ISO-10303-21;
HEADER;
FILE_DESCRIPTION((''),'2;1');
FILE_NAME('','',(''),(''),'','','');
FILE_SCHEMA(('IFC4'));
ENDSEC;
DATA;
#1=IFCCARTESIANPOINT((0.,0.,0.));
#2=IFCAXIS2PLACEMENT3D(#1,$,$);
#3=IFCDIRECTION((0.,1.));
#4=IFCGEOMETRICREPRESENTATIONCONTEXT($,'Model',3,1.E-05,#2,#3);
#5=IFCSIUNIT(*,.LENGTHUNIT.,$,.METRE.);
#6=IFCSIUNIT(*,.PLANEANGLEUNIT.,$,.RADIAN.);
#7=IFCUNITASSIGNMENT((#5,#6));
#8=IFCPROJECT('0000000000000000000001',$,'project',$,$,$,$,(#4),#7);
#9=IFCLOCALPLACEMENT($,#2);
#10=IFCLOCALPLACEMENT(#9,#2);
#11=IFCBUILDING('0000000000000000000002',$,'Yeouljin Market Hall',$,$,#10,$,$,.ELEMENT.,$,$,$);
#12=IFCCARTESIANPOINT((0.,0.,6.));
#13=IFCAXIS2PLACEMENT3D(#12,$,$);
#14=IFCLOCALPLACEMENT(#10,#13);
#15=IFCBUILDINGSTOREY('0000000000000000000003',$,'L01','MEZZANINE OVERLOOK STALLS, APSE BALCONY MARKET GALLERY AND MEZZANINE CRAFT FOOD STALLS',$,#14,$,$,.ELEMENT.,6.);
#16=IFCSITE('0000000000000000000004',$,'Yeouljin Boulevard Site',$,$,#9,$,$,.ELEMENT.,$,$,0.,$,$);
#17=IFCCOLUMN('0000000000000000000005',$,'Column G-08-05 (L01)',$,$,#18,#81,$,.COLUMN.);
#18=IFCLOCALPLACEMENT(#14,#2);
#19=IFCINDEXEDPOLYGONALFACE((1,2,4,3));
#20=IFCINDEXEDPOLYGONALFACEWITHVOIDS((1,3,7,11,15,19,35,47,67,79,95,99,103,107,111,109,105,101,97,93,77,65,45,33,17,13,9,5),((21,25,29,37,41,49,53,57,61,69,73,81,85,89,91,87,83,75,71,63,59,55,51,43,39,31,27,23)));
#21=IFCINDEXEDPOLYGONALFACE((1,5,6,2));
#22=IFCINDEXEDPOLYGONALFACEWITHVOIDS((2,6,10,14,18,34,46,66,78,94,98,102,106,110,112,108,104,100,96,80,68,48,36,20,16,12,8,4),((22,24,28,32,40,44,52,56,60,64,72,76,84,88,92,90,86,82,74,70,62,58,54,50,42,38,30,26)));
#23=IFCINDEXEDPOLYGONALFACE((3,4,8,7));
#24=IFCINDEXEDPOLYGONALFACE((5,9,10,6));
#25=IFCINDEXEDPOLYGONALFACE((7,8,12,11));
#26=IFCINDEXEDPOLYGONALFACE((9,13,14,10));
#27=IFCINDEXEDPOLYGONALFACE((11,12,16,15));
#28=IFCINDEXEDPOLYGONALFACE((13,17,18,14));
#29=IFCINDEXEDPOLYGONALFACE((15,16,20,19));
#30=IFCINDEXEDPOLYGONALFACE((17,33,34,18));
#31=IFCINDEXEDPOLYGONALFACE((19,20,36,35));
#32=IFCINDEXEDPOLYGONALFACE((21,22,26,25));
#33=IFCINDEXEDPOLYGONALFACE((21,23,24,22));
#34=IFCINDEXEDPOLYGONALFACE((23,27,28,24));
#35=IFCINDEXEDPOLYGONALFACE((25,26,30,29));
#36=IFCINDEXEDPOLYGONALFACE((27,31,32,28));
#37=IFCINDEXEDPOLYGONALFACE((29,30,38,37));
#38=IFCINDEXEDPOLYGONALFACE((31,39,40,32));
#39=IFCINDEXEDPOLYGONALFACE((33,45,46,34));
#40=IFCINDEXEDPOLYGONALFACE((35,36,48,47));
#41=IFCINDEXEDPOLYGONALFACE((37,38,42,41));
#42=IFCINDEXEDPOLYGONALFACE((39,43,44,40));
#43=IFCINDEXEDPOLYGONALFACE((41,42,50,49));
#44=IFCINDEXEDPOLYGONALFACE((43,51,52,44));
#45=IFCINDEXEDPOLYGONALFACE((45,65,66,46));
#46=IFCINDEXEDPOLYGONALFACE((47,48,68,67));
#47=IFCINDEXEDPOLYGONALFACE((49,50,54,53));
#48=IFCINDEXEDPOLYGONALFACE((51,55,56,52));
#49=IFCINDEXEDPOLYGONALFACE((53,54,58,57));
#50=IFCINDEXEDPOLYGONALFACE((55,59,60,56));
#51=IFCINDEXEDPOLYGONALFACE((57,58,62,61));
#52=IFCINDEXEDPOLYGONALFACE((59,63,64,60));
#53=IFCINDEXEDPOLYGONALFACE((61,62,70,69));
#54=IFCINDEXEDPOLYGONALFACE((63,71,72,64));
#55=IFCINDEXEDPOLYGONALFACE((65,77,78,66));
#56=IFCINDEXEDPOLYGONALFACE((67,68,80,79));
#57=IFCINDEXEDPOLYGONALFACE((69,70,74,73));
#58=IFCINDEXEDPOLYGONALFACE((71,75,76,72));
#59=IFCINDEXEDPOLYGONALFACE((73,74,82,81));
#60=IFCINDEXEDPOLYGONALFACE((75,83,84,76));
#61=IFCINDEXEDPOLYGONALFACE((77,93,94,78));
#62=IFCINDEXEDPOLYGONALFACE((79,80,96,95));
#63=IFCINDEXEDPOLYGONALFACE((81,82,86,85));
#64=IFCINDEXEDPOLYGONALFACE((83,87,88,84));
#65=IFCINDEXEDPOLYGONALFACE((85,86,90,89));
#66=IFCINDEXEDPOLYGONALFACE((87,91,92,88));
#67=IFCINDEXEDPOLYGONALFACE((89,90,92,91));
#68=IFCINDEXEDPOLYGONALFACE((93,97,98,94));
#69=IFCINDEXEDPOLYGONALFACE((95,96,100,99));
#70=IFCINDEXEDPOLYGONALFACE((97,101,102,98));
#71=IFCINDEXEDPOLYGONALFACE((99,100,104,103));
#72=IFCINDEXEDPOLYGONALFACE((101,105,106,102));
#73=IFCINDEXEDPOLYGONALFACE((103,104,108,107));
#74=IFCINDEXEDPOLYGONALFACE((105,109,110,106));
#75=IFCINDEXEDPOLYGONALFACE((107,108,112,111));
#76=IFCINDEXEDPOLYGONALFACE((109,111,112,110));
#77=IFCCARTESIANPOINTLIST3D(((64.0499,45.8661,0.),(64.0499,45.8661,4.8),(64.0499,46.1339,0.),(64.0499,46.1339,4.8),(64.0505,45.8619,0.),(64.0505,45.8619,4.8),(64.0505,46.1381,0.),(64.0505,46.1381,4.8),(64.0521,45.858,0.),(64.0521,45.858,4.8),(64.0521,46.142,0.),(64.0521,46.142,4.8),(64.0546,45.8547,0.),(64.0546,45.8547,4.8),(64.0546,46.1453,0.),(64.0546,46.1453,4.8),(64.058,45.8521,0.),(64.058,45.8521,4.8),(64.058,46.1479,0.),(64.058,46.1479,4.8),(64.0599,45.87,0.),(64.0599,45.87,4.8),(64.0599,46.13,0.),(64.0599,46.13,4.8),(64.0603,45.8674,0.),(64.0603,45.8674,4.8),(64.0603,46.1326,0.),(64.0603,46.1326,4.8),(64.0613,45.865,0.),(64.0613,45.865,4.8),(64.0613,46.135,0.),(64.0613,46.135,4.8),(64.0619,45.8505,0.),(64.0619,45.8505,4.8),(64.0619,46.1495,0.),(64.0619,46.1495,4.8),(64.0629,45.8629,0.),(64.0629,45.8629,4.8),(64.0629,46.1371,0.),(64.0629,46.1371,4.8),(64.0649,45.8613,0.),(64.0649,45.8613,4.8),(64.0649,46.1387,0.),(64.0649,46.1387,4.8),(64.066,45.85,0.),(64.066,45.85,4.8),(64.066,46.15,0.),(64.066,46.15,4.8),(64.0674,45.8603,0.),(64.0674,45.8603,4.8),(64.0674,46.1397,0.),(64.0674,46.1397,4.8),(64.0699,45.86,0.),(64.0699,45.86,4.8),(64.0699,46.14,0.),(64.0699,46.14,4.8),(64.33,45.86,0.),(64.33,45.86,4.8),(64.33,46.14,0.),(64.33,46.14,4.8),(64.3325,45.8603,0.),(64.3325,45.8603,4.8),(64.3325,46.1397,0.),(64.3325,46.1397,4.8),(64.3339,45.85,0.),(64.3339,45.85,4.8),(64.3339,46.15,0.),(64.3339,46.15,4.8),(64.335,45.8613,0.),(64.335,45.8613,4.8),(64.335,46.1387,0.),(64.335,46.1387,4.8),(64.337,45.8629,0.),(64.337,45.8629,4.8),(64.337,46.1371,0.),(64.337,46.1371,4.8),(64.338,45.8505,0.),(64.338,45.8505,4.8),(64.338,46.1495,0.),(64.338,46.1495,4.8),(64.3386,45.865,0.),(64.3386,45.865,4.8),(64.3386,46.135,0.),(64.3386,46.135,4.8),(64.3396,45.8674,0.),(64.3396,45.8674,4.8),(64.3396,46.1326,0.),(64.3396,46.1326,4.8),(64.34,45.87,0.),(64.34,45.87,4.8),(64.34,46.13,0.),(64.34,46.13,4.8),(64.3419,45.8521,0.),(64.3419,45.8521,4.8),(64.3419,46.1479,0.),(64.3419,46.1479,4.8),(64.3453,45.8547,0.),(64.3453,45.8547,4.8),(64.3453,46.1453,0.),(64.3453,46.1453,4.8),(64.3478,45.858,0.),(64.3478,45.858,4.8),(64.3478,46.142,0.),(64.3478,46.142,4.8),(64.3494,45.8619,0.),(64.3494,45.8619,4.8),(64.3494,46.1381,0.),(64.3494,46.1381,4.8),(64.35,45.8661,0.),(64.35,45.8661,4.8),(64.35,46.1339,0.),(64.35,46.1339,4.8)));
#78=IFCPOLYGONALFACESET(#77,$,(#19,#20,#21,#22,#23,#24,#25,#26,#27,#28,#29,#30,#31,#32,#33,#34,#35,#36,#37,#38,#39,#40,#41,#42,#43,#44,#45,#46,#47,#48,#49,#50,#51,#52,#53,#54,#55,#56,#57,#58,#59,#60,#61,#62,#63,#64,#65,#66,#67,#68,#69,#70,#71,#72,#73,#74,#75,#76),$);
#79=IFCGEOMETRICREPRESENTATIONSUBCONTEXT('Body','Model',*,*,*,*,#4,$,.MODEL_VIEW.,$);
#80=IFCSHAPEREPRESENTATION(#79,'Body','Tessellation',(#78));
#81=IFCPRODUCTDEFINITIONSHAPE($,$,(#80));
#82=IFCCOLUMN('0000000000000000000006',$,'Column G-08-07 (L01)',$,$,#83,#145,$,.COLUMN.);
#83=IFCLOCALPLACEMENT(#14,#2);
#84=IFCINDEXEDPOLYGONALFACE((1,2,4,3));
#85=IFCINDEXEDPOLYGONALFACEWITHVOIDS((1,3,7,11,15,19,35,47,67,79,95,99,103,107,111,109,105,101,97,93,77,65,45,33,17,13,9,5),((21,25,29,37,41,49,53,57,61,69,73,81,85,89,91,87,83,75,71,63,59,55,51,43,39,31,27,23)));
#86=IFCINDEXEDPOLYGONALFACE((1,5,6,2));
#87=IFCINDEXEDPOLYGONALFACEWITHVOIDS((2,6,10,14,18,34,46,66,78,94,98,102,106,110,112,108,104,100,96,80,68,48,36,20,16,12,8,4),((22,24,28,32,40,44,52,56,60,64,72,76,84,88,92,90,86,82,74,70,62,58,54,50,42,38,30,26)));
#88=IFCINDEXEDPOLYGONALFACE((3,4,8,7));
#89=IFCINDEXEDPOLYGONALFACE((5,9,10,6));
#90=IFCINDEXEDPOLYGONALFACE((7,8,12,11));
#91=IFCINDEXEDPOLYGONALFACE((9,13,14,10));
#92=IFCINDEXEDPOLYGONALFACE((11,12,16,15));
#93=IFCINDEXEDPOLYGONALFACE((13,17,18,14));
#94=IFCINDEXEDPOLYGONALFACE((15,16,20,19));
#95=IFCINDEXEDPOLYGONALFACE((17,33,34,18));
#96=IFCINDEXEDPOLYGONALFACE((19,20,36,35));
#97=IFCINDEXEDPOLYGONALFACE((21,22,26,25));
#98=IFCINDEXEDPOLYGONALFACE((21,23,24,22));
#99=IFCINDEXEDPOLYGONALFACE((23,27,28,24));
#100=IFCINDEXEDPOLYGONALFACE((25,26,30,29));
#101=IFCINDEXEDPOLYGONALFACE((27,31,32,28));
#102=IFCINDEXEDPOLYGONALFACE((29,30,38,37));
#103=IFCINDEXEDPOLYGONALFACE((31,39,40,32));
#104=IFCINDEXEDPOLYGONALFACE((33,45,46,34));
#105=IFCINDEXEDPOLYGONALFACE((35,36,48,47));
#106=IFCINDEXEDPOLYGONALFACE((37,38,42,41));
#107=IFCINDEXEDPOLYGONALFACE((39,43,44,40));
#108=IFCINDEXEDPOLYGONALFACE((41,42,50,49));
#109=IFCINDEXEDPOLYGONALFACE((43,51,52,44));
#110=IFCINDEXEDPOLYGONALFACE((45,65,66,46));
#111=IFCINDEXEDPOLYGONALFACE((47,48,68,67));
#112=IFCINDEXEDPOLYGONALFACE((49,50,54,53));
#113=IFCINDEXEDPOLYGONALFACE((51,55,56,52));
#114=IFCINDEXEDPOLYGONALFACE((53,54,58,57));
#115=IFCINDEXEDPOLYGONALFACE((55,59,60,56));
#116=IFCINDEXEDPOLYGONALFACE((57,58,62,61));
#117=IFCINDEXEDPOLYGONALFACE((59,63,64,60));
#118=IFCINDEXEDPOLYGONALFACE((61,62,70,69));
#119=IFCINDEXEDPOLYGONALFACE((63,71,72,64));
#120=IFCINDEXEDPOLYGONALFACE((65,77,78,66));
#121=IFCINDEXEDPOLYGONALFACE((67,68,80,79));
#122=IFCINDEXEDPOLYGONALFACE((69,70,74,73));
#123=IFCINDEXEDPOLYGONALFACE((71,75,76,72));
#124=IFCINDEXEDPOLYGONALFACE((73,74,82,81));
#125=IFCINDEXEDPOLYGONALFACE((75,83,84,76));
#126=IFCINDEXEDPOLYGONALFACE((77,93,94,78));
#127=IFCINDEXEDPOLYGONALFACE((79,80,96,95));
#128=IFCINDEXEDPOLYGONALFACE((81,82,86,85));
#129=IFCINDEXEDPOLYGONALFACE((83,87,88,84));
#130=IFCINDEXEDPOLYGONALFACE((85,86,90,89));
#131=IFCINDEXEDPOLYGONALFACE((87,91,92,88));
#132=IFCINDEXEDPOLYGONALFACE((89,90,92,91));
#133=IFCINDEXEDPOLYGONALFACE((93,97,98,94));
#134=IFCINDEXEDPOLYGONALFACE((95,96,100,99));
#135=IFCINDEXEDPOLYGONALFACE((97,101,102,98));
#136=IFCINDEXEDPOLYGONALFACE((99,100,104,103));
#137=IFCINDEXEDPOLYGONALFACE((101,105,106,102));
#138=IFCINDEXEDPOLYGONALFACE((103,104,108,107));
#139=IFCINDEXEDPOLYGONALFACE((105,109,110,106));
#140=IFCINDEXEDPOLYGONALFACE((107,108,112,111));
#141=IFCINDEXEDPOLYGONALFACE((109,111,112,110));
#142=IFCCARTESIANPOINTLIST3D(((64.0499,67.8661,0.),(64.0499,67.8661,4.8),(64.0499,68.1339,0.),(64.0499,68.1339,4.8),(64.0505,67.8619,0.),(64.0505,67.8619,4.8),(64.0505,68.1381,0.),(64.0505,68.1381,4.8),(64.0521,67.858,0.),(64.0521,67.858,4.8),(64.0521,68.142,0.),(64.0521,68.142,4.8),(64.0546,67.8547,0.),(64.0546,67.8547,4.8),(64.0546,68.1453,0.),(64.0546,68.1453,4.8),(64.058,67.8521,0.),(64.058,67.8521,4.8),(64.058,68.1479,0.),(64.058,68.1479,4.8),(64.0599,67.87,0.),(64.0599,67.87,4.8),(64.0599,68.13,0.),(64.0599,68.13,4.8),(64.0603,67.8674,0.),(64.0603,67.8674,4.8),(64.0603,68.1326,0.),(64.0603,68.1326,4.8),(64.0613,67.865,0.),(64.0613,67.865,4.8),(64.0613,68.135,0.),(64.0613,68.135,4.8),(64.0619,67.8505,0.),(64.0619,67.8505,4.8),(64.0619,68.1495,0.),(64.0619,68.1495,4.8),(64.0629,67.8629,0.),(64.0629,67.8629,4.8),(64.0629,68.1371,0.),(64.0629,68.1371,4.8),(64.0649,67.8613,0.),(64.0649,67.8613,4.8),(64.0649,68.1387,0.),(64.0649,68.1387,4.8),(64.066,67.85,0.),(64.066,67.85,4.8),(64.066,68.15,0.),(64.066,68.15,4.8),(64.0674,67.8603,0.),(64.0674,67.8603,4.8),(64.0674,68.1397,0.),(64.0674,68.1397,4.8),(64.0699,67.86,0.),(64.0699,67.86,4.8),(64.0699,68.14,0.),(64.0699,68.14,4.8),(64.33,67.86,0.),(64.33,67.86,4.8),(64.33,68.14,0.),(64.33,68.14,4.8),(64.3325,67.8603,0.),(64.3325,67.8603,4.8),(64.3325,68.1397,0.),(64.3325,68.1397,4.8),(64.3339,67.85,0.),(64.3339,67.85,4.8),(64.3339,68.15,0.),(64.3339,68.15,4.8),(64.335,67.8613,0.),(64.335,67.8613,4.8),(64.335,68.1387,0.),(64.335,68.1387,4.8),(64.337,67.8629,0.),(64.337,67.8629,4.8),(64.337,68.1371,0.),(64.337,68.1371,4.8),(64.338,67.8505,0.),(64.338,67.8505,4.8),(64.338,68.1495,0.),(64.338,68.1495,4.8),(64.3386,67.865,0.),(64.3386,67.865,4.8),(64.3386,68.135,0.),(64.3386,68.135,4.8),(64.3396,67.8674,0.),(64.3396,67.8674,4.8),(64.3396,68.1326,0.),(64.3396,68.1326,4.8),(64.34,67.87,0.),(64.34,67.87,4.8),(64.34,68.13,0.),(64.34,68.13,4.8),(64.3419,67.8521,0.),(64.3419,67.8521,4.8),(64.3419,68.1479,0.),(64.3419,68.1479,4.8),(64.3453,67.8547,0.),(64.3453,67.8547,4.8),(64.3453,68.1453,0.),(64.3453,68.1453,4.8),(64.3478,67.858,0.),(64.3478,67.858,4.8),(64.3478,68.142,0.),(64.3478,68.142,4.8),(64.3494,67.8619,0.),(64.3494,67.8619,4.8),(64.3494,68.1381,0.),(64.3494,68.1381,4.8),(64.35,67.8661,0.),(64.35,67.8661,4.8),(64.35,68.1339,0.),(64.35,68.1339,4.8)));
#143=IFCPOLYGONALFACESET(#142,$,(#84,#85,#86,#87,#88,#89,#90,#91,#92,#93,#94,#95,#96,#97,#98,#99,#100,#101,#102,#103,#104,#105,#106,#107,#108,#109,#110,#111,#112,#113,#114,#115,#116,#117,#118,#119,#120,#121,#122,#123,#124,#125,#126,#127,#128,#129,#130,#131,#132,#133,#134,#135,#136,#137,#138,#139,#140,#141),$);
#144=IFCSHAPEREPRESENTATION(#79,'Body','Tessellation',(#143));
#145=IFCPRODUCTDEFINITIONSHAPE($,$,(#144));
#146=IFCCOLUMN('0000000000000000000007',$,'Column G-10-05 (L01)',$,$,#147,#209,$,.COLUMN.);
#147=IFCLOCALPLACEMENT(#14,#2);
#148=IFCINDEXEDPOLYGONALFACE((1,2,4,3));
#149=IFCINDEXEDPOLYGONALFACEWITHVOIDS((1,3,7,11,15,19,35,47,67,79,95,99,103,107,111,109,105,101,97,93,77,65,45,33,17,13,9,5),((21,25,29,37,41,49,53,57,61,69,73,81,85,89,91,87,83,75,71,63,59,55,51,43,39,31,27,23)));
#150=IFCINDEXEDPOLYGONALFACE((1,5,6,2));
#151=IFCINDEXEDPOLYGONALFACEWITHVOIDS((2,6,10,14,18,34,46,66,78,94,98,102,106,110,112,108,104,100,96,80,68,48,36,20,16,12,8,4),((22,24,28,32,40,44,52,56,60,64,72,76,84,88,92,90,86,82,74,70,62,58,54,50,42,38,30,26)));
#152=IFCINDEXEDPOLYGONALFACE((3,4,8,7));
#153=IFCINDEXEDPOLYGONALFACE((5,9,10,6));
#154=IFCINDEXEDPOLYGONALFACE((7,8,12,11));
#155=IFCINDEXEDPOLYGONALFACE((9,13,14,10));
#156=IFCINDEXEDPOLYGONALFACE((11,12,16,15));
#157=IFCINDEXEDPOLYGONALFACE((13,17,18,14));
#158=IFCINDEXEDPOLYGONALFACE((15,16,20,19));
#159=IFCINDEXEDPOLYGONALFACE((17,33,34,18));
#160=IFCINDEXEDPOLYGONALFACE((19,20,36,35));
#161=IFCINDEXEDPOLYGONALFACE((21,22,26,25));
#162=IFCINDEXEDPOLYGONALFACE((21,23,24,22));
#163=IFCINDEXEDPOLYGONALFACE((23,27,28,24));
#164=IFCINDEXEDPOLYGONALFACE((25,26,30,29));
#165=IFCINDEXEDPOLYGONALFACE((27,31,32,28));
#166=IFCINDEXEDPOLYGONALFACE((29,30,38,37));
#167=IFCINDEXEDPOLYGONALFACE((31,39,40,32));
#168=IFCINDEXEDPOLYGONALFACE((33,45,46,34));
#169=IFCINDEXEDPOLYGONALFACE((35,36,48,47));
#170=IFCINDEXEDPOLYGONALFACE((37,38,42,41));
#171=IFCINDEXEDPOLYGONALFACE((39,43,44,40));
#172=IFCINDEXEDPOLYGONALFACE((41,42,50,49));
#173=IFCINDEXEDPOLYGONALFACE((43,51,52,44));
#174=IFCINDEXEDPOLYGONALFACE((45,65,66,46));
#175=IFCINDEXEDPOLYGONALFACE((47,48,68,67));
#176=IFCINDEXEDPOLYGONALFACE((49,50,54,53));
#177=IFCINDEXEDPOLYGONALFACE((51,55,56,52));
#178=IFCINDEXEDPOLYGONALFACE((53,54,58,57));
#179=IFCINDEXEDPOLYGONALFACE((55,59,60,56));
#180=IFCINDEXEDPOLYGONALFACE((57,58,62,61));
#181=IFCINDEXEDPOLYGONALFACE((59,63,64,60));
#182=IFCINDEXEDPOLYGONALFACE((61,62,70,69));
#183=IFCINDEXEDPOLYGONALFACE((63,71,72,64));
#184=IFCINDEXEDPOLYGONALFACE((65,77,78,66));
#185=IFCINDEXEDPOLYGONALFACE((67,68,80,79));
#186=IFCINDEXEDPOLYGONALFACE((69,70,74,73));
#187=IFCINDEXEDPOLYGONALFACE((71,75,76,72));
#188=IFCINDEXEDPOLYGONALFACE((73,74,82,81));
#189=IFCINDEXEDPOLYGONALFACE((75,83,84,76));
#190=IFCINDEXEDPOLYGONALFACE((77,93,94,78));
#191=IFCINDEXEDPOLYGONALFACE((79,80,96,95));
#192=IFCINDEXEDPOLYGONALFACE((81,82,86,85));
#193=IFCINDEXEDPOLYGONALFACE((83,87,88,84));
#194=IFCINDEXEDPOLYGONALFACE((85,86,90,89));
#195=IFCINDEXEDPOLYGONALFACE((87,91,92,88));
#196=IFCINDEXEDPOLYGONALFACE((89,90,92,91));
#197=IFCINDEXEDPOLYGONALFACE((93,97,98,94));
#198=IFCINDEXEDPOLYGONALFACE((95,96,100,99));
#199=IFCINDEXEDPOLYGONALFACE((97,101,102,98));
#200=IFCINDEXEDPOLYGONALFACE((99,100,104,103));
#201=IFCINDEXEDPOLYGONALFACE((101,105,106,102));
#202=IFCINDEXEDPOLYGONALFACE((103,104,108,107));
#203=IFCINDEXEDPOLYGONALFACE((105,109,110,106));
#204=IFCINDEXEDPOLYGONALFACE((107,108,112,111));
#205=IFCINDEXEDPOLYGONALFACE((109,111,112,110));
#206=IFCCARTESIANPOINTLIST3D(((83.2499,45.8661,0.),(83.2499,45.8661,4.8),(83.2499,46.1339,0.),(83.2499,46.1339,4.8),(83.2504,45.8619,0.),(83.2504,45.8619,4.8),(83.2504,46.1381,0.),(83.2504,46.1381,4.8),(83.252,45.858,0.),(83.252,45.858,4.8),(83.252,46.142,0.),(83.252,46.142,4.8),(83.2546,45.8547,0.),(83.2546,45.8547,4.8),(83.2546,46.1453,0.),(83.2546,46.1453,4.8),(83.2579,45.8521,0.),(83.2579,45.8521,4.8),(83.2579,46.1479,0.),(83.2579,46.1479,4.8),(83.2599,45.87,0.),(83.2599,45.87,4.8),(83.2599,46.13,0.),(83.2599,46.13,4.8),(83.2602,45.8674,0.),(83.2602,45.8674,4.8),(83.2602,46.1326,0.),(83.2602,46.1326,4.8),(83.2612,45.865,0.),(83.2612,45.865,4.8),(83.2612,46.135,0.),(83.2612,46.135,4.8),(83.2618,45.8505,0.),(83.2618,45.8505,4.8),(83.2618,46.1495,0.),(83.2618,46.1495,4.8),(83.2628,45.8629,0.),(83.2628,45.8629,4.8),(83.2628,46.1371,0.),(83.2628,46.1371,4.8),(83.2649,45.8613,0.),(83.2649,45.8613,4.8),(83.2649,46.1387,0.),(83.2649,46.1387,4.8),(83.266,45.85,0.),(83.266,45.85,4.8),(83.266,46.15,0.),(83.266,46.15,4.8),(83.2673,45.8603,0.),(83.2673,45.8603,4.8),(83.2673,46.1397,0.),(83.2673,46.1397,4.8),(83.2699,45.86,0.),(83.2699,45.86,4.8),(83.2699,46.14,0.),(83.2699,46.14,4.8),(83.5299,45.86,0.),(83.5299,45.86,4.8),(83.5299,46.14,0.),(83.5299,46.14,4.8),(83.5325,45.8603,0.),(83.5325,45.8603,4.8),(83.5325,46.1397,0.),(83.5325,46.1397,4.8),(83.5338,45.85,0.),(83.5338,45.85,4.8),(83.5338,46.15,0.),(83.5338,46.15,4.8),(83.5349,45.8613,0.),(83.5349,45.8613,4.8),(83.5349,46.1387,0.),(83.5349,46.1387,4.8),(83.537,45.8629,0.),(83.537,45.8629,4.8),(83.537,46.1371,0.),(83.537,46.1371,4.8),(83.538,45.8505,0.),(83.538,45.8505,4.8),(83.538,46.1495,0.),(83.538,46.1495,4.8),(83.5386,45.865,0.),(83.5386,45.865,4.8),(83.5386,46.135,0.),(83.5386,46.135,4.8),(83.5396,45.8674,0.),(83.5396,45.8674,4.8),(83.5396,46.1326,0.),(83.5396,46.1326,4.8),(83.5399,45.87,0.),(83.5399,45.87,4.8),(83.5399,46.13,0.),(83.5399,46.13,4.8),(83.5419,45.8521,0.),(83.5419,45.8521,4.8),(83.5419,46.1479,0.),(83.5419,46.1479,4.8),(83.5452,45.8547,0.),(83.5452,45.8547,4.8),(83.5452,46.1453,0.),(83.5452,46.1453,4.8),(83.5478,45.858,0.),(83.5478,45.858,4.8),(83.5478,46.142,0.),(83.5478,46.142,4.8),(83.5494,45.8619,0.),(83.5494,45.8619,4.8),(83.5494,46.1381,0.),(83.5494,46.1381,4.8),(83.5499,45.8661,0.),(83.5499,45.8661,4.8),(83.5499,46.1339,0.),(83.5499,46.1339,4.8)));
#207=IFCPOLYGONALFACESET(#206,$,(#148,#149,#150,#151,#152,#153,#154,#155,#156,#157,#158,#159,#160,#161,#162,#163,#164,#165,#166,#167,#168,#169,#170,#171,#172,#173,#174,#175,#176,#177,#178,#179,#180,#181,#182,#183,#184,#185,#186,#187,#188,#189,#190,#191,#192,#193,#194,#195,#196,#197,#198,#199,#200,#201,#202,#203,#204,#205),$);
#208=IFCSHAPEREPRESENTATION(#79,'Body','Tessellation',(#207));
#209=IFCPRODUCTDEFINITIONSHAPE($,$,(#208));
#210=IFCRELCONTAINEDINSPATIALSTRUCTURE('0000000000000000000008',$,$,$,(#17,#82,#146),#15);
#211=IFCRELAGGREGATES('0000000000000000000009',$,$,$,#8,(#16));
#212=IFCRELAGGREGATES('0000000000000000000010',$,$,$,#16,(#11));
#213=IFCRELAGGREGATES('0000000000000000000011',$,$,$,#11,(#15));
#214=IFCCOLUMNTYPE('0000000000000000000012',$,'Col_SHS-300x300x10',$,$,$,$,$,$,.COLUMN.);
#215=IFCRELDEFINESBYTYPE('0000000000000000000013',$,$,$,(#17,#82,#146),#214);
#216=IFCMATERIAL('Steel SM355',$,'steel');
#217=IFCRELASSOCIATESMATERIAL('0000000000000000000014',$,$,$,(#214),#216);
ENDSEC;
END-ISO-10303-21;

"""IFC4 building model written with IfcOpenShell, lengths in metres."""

from ifc_helpers import new_model, si_unit, direction, frame, origin, origin_2d, place, context, subcontext, project, spatial, hollow_rectangle, extrude, material, material_profile, profile_set, type_object, element, save


model = new_model("IFC4")

# Units and contexts
model_context = context("Model", 3, precision=1e-05, world=origin(), true_north=direction((0.0, 1.0)))
body_context = subcontext(model_context, "Body", "Model", "MODEL_VIEW")
ifc_project = project(units=[si_unit("LENGTHUNIT", "METRE"), si_unit("PLANEANGLEUNIT", "RADIAN")], contexts=[model_context])

# Site, building, storey
site_placement = place(None, origin())
site = spatial("IfcSite", under=ifc_project, at=site_placement, Name="Yeouljin Boulevard Site", CompositionType="ELEMENT", RefElevation=0.0)
building_placement = place(site_placement, origin())
building = spatial("IfcBuilding", under=site, at=building_placement, Name="Yeouljin Market Hall", CompositionType="ELEMENT")
storey_placement = place(building_placement, frame((0.0, 0.0, 6.0)))
storey = spatial("IfcBuildingStorey", under=building, at=storey_placement, Name="L01", Description="MEZZANINE OVERLOOK STALLS, APSE BALCONY MARKET GALLERY AND MEZZANINE CRAFT FOOD STALLS", CompositionType="ELEMENT", Elevation=6.0)

# Columns
ifc_material_1 = material(Name="Steel SM355", Category="steel")
ifc_material_profile_1 = material_profile(ifc_material_1, hollow_rectangle(XDim=0.3, YDim=0.3, WallThickness=0.01, InnerFilletRadius=0.01, OuterFilletRadius=0.0161, at=origin_2d()), Name="SHS-300x300x10")
ifc_profile_set_1 = profile_set([ifc_material_profile_1], Name="Steel SM355")
column_type = type_object("IfcColumnType", Name="Col_SHS-300x300x10", PredefinedType="COLUMN", material=ifc_profile_set_1)
for number, where, z_axis, x_axis, name in (
    (1, (64.2, 46.0, 0.0), (0.0, 0.0, 1.0), (1.0, 0.0, 0.0), "Column G-08-05 (L01)"),
    (2, (64.2, 68.0, 0.0), (0.0, 0.0, 1.0), (1.0, 0.0, 0.0), "Column G-08-07 (L01)"),
    (3, (83.3999, 46.0, 0.0), (0.0, 0.0, 1.0), (1.0, 0.0, 0.0), "Column G-10-05 (L01)"),
):
    element("IfcColumn", number, at=place(storey_placement, frame(where, z_axis=z_axis, x_axis=x_axis)), inside=storey, type_object=column_type, Name=name, PredefinedType="COLUMN", context=body_context, shape_type="SweptSolid", body=[
        extrude(hollow_rectangle(XDim=0.3, YDim=0.3, WallThickness=0.01, InnerFilletRadius=0.01, OuterFilletRadius=0.0161, at=origin_2d()), origin(), (0.0, 0.0, 1.0), 4.8),
    ])

save(model, "model.ifc")
